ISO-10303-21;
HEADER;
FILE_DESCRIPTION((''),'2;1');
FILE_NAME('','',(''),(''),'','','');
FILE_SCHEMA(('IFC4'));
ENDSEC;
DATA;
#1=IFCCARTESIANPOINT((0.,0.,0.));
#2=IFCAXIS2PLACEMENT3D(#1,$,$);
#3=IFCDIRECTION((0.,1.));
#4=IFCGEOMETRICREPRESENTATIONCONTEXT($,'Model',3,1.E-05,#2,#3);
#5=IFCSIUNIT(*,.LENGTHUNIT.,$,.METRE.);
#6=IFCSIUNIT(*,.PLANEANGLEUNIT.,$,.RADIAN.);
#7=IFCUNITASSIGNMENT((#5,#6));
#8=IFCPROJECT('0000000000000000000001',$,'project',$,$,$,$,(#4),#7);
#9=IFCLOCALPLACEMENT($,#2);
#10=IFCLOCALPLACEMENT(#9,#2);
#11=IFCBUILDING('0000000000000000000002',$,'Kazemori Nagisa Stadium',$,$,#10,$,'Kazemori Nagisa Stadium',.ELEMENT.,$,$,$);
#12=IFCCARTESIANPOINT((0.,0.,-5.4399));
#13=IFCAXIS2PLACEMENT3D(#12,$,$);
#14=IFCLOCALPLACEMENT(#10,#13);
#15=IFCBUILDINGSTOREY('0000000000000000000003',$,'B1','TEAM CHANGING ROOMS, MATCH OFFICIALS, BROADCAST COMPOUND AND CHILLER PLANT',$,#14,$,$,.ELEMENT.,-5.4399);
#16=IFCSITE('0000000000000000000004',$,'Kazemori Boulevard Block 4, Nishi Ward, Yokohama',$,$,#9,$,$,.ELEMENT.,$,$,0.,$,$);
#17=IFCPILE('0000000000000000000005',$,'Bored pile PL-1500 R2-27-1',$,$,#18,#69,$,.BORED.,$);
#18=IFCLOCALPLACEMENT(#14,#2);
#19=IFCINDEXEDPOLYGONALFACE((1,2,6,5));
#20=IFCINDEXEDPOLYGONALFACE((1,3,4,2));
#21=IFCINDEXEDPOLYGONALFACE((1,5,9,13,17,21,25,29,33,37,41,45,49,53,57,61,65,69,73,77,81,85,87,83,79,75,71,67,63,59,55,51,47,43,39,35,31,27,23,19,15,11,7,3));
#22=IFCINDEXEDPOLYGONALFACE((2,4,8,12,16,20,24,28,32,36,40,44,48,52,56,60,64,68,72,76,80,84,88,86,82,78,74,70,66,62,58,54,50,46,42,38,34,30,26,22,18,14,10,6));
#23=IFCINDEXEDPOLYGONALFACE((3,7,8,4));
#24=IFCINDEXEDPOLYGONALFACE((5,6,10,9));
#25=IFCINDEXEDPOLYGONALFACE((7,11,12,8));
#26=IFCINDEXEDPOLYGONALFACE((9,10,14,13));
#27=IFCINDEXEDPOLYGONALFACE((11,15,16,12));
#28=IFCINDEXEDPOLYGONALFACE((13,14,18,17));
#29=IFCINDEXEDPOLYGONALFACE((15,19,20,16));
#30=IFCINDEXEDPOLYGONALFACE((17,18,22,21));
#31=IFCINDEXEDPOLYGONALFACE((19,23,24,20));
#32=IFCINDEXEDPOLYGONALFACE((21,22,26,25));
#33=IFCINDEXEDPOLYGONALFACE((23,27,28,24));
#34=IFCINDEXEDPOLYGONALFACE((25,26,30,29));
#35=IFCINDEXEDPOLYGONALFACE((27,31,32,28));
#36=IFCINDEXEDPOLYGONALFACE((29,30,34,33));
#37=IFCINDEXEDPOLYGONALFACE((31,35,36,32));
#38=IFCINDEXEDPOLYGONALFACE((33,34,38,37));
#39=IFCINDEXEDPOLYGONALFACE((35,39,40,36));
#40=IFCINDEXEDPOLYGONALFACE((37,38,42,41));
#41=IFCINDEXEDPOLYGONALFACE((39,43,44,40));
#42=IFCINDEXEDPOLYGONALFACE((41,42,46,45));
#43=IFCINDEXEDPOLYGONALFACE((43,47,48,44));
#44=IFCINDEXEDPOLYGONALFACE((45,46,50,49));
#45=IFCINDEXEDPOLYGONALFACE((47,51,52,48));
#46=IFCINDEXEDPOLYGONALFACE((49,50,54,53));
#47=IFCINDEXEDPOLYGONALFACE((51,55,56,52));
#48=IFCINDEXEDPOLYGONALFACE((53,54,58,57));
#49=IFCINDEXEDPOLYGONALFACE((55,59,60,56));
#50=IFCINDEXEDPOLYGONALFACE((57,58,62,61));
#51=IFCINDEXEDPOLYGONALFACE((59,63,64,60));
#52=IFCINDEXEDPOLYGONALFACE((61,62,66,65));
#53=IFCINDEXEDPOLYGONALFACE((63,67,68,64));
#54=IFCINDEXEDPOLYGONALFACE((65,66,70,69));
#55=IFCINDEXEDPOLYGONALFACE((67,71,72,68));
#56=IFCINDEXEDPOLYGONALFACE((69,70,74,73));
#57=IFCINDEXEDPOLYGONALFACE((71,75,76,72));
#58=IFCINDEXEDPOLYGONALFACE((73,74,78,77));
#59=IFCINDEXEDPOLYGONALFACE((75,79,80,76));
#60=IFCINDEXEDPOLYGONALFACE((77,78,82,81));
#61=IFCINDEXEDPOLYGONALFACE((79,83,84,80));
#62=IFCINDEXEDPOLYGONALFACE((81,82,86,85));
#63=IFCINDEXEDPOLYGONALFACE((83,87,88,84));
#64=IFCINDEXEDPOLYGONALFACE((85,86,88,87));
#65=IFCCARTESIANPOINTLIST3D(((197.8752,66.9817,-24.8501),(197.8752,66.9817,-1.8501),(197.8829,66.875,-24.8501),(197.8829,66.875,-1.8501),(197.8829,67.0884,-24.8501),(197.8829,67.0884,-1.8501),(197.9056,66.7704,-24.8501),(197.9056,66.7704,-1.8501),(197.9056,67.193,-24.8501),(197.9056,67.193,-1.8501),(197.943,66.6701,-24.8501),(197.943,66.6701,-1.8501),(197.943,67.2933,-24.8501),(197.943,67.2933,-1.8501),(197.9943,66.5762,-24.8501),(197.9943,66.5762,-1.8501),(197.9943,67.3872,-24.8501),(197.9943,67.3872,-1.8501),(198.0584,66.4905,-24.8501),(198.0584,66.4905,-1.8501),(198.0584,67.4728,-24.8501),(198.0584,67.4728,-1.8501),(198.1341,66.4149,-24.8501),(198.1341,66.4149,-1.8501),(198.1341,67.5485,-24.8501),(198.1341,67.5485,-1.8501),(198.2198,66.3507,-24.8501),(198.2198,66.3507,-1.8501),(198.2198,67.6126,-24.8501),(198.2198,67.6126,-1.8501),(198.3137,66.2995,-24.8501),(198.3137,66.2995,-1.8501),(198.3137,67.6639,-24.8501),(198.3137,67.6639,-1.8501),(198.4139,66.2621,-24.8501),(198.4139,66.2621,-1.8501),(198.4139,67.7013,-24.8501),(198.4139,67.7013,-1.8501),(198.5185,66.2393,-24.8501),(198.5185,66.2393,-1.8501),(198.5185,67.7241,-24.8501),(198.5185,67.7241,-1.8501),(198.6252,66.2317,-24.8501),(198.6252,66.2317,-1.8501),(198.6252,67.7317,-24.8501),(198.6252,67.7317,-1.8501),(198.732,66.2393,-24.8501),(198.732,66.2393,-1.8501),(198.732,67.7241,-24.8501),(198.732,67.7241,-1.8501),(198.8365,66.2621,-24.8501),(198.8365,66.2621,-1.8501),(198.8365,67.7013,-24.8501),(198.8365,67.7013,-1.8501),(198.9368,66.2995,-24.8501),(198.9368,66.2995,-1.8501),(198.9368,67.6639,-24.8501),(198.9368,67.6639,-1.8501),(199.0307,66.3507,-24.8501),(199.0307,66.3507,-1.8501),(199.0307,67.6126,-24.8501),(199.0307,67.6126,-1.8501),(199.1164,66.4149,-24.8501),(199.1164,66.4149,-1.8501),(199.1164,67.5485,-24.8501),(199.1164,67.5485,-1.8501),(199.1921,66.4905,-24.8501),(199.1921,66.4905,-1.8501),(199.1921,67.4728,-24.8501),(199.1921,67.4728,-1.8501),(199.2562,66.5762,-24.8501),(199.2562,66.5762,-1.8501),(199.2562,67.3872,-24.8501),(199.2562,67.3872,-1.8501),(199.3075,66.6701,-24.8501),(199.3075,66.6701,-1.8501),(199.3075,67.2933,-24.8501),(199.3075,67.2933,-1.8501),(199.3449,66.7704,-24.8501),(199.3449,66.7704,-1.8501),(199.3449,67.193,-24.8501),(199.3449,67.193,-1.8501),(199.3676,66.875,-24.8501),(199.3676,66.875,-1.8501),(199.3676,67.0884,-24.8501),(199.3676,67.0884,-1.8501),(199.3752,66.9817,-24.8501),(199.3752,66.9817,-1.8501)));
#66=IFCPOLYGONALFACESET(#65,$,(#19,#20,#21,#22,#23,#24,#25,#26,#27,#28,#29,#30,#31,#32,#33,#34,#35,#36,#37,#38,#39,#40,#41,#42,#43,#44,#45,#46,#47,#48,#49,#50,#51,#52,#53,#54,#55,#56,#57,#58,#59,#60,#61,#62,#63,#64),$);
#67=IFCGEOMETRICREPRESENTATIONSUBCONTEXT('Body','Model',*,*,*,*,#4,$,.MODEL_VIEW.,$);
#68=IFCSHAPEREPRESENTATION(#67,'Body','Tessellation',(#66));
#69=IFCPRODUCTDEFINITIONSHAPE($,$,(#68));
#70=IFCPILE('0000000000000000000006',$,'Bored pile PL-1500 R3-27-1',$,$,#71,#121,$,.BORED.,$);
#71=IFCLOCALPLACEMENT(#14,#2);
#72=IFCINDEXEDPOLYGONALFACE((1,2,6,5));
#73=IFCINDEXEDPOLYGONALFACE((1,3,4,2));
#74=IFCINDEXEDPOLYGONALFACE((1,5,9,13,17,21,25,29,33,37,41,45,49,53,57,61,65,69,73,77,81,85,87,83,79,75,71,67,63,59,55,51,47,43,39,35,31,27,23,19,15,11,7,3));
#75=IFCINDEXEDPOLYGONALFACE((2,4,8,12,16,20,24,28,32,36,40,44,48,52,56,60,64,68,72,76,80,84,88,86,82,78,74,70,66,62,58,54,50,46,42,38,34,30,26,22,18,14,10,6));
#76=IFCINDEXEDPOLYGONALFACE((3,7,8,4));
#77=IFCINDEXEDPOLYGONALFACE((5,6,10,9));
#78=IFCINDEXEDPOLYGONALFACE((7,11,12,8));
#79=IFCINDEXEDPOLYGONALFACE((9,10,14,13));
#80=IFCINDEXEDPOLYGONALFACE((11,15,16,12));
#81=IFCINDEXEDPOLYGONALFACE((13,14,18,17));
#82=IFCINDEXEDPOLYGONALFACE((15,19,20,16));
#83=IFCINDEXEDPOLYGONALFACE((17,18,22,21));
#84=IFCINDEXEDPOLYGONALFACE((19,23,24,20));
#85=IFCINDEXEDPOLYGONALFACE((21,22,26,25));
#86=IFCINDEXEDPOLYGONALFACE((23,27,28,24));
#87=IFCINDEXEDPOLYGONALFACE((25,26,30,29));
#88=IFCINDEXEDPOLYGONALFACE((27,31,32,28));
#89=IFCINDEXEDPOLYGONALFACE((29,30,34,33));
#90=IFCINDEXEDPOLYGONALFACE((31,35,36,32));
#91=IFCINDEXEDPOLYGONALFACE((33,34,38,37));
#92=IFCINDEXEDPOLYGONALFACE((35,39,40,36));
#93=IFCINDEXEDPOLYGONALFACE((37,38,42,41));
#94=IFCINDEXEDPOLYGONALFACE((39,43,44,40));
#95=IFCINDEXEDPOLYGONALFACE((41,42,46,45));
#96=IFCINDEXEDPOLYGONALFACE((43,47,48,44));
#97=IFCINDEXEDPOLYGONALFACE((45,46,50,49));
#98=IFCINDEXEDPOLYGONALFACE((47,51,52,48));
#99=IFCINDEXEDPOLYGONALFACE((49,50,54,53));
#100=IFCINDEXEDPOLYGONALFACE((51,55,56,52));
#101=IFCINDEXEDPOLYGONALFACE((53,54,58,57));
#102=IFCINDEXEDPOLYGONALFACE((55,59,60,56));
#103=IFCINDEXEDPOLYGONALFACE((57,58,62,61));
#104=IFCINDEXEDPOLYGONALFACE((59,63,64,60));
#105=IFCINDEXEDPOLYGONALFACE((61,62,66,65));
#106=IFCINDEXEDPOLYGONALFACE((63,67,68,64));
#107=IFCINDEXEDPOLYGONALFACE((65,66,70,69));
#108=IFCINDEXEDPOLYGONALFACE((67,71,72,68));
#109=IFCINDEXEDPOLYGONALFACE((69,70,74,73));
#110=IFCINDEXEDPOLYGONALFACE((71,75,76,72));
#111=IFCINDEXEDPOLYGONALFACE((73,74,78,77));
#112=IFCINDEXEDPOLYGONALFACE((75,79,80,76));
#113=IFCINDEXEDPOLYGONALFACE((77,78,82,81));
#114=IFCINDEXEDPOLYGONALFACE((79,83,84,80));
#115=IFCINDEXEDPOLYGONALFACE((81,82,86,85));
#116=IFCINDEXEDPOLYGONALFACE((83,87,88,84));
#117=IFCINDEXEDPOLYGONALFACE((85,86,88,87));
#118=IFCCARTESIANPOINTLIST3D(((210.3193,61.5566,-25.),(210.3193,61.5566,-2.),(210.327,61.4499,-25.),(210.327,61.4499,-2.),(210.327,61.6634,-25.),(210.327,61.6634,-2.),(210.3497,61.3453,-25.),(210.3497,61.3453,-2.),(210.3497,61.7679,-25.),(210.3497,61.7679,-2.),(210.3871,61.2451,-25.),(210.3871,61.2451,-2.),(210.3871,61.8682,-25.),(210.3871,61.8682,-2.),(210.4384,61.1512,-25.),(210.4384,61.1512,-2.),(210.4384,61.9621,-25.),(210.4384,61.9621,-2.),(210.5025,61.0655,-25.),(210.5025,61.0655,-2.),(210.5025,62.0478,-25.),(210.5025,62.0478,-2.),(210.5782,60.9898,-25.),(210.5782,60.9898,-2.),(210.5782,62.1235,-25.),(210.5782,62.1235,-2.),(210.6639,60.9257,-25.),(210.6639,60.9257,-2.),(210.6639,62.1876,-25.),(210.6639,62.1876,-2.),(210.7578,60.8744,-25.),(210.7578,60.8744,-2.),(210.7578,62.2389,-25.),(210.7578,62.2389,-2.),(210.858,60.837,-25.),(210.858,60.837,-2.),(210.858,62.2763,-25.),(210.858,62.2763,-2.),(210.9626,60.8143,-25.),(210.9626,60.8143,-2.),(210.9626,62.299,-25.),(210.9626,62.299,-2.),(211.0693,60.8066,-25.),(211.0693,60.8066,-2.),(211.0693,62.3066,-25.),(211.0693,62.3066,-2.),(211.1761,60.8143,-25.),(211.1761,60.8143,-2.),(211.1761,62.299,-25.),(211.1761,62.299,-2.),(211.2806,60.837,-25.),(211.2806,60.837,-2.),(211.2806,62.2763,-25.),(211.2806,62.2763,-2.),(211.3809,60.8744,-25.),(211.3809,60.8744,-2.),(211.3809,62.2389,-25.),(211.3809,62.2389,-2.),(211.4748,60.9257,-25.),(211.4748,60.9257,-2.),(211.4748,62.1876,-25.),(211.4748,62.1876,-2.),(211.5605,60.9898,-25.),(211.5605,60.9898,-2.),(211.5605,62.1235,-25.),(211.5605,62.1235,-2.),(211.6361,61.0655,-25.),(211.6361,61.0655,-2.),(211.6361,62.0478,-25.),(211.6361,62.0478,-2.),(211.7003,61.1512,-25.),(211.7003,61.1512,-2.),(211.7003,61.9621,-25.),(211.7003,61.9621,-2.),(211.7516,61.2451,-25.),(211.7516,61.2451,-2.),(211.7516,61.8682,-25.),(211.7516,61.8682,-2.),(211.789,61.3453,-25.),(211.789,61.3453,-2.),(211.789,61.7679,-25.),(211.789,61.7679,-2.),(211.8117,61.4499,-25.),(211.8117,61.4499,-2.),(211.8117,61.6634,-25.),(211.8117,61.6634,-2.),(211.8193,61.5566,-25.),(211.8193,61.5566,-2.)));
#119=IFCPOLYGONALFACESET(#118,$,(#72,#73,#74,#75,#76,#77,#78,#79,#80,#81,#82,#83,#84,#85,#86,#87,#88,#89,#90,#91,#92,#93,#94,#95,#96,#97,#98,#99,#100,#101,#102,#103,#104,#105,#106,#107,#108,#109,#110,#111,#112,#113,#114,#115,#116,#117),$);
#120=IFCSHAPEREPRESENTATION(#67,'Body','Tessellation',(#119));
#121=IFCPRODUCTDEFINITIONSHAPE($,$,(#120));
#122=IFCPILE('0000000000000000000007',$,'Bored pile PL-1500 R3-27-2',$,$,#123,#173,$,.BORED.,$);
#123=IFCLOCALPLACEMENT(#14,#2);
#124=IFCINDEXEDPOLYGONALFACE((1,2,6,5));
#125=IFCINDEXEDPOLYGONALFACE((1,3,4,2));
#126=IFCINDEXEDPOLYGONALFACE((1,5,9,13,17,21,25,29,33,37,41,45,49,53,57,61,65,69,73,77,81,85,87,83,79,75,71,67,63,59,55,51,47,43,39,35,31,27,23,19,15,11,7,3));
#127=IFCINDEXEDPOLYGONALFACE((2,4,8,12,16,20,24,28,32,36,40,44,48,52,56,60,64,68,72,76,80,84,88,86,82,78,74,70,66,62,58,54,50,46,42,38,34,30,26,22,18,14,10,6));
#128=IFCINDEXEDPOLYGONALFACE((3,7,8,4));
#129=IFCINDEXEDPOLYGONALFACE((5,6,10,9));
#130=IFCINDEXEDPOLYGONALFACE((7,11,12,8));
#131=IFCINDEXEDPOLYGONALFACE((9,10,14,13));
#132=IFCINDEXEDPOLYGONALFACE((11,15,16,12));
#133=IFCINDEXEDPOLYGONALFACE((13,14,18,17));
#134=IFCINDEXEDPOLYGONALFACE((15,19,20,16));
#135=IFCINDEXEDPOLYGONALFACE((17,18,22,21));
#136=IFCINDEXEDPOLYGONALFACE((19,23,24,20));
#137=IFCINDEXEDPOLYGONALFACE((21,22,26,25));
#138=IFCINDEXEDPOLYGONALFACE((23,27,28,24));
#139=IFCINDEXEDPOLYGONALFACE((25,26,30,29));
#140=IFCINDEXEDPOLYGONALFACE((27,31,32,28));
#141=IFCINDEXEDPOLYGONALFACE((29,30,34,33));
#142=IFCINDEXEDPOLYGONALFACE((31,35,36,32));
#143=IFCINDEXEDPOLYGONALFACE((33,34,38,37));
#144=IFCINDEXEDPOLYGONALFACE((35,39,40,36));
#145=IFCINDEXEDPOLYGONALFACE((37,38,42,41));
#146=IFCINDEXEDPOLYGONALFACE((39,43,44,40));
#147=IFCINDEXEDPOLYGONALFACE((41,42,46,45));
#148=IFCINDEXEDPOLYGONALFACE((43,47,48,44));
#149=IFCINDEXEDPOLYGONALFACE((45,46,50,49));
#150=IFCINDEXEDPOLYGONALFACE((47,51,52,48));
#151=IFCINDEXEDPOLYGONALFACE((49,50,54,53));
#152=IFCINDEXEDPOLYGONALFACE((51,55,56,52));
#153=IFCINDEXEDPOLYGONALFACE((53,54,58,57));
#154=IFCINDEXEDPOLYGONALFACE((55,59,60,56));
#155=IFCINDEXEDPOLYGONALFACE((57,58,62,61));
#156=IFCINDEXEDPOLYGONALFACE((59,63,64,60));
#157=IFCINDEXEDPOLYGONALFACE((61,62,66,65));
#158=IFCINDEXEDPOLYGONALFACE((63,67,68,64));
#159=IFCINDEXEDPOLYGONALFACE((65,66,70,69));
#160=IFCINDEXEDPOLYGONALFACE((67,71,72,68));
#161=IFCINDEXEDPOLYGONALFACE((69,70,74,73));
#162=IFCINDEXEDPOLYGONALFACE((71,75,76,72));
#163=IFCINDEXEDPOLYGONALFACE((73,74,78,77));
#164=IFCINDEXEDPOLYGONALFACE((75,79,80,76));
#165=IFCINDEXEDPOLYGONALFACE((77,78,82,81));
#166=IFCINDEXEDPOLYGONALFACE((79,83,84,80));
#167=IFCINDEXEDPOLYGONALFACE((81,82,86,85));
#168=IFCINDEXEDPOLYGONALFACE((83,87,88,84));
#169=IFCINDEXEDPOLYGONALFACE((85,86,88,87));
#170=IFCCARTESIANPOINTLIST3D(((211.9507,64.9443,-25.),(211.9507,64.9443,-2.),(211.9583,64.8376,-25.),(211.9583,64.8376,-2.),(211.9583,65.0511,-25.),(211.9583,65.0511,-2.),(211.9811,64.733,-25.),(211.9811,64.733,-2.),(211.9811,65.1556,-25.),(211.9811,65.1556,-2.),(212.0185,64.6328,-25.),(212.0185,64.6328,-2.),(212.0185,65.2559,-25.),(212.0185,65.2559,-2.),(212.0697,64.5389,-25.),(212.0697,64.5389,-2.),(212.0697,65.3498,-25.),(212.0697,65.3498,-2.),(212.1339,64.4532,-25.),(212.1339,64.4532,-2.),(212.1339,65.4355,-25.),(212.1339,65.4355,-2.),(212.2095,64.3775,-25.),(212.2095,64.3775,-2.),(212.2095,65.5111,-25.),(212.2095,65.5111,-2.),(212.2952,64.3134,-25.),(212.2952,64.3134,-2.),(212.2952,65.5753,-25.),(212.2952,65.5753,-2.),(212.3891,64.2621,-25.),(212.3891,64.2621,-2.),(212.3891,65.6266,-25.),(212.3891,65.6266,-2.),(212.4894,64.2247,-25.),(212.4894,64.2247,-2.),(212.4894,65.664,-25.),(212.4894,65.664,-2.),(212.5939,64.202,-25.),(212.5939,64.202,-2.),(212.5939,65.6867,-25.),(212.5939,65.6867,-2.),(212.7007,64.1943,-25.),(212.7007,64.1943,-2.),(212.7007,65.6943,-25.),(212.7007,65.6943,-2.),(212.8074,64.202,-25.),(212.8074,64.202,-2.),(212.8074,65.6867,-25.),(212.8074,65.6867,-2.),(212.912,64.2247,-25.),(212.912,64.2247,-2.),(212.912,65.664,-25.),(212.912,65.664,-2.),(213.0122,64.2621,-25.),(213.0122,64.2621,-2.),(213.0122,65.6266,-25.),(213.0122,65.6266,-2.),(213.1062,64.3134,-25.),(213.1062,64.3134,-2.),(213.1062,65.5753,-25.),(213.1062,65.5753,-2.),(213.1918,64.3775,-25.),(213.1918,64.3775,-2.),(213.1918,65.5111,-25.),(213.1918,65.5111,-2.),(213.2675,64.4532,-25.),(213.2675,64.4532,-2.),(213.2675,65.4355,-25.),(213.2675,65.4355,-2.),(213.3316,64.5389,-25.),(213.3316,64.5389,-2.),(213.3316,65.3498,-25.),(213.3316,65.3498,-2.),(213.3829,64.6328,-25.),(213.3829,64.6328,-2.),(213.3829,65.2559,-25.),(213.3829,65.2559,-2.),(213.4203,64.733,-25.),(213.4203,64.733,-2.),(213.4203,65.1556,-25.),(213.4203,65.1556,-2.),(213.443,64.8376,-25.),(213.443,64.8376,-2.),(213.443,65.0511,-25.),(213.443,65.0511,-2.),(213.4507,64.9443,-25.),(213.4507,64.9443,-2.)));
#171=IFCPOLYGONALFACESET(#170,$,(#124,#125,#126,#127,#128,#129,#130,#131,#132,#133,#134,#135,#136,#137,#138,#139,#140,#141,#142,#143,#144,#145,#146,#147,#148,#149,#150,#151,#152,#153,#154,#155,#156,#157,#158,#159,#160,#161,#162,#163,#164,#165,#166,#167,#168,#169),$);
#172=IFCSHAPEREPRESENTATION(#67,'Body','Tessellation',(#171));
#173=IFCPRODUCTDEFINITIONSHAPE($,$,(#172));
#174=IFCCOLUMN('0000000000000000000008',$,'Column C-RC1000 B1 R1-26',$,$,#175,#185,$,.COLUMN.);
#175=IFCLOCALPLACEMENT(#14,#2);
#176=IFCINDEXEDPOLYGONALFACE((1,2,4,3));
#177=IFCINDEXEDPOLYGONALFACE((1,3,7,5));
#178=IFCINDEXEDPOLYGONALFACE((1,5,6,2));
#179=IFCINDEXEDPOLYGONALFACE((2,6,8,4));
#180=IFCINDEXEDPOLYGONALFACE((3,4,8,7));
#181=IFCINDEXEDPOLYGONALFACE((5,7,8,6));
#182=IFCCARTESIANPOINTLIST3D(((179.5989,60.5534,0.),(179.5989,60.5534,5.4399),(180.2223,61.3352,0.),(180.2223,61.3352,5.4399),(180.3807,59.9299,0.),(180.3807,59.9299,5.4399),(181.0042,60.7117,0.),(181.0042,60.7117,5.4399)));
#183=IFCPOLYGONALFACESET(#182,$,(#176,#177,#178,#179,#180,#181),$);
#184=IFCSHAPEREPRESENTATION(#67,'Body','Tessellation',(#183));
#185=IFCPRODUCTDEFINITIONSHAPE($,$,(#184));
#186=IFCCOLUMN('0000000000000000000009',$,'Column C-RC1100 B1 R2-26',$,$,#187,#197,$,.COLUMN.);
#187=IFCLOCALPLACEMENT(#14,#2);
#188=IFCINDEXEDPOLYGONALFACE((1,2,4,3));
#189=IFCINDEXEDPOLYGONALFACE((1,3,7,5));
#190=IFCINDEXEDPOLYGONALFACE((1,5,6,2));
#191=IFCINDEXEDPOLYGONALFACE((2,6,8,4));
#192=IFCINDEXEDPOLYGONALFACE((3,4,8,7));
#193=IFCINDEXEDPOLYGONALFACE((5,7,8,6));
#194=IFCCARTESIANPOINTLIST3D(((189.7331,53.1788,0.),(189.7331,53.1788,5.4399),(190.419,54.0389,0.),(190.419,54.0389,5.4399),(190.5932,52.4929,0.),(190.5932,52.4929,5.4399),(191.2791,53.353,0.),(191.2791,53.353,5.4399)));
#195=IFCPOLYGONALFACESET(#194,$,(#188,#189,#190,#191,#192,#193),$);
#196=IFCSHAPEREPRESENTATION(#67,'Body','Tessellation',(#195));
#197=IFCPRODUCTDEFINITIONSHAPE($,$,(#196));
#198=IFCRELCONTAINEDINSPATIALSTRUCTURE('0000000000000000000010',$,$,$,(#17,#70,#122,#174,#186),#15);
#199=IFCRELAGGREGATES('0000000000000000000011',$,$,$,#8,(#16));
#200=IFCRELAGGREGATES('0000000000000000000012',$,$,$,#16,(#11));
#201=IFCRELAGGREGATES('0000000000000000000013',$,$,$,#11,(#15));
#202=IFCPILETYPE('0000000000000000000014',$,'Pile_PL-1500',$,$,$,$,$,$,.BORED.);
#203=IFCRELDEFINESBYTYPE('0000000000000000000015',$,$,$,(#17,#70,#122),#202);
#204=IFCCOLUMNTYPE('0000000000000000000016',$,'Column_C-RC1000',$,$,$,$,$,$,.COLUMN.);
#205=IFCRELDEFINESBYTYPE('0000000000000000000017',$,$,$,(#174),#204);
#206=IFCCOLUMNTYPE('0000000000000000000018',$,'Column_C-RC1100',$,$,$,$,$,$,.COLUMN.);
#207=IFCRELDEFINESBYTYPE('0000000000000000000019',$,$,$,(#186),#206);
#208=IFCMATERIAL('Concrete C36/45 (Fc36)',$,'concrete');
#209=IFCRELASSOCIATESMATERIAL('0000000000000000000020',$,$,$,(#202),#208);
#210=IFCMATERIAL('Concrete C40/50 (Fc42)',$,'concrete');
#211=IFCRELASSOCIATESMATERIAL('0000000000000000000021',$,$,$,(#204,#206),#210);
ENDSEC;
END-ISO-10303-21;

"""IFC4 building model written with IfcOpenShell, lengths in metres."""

from ifc_helpers import new_model, si_unit, direction, frame, origin, origin_2d, place, context, subcontext, project, spatial, rectangle, circle, extrude, material, material_profile, profile_set, type_object, element, save


model = new_model("IFC4")

# Units and contexts
model_context = context("Model", 3, precision=1e-05, world=origin(), true_north=direction((0.0, 1.0)))
body_context = subcontext(model_context, "Body", "Model", "MODEL_VIEW")
ifc_project = project(units=[si_unit("LENGTHUNIT", "METRE"), si_unit("PLANEANGLEUNIT", "RADIAN")], contexts=[model_context])

# Site, building, storey
site_placement = place(None, origin())
site = spatial("IfcSite", under=ifc_project, at=site_placement, Name="Kazemori Boulevard Block 4, Nishi Ward, Yokohama", CompositionType="ELEMENT", RefElevation=0.0)
building_placement = place(site_placement, origin())
building = spatial("IfcBuilding", under=site, at=building_placement, Name="Kazemori Nagisa Stadium", LongName="Kazemori Nagisa Stadium", CompositionType="ELEMENT")
storey_placement = place(building_placement, frame((0.0, 0.0, -5.4399)))
storey = spatial("IfcBuildingStorey", under=building, at=storey_placement, Name="B1", Description="TEAM CHANGING ROOMS, MATCH OFFICIALS, BROADCAST COMPOUND AND CHILLER PLANT", CompositionType="ELEMENT", Elevation=-5.4399)

# Shared definitions
ifc_material_1 = material(Name="Concrete C40/50 (Fc42)", Category="concrete")

# Piles
ifc_material_2 = material(Name="Concrete C36/45 (Fc36)", Category="concrete")
ifc_material_profile_1 = material_profile(ifc_material_2, circle(Radius=0.75, at=origin_2d()), Name="PILE-D1500")
ifc_profile_set_1 = profile_set([ifc_material_profile_1], Name="Concrete C36/45 (Fc36)")
pile_type_1 = type_object("IfcPileType", Name="Pile_PL-1500", PredefinedType="BORED", material=ifc_profile_set_1)
for number, where, z_axis, x_axis, name in (
    (1, (198.6252, 66.9817, -1.8501), (0.0, 0.0, -1.0), (1.0, 0.0, 0.0), "Bored pile PL-1500 R2-27-1"),
    (2, (211.0693, 61.5566, -2.0), (0.0, 0.0, -1.0), (1.0, 0.0, 0.0), "Bored pile PL-1500 R3-27-1"),
    (3, (212.7007, 64.9443, -2.0), (0.0, 0.0, -1.0), (1.0, 0.0, 0.0), "Bored pile PL-1500 R3-27-2"),
):
    element("IfcPile", number, at=place(storey_placement, frame(where, z_axis=z_axis, x_axis=x_axis)), inside=storey, type_object=pile_type_1, Name=name, PredefinedType="BORED", context=body_context, shape_type="SweptSolid", body=[
        extrude(circle(Radius=0.75, at=origin_2d()), origin(), (0.0, 0.0, 1.0), 23.0),
    ])

# Columns
ifc_material_profile_2 = material_profile(ifc_material_1, rectangle(XDim=1.0, YDim=1.0, at=origin_2d()), Name="RC-COL-1000x1000")
ifc_profile_set_2 = profile_set([ifc_material_profile_2], Name="Concrete C40/50 (Fc42)")
column_type_1 = type_object("IfcColumnType", Name="Column_C-RC1000", PredefinedType="COLUMN", material=ifc_profile_set_2)
column_1_placement = place(storey_placement, frame((180.3015, 60.6326, 0.0), z_axis=(0.0, 0.0, 1.0), x_axis=(0.781831, -0.62349, 0.0)))
element("IfcColumn", 4, at=column_1_placement, inside=storey, type_object=column_type_1, Name="Column C-RC1000 B1 R1-26", PredefinedType="COLUMN", context=body_context, shape_type="SweptSolid", body=[
    extrude(rectangle(XDim=1.0, YDim=1.0, at=origin_2d()), origin(), (0.0, 0.0, 1.0), 5.4399),
])
ifc_material_profile_3 = material_profile(ifc_material_1, rectangle(XDim=1.1001, YDim=1.1001, at=origin_2d()), Name="RC-COL-1100x1100")
ifc_profile_set_3 = profile_set([ifc_material_profile_3], Name="Concrete C40/50 (Fc42)")
column_type_2 = type_object("IfcColumnType", Name="Column_C-RC1100", PredefinedType="COLUMN", material=ifc_profile_set_3)
for number, where, z_axis, x_axis, name in (
    (5, (190.5061, 53.2659, 0.0), (0.0, 0.0, 1.0), (0.781831, -0.62349, 0.0), "Column C-RC1100 B1 R2-26"),
):
    element("IfcColumn", number, at=place(storey_placement, frame(where, z_axis=z_axis, x_axis=x_axis)), inside=storey, type_object=column_type_2, Name=name, PredefinedType="COLUMN", context=body_context, shape_type="SweptSolid", body=[
        extrude(rectangle(XDim=1.1001, YDim=1.1001, at=origin_2d()), origin(), (0.0, 0.0, 1.0), 5.4399),
    ])

save(model, "model.ifc")
